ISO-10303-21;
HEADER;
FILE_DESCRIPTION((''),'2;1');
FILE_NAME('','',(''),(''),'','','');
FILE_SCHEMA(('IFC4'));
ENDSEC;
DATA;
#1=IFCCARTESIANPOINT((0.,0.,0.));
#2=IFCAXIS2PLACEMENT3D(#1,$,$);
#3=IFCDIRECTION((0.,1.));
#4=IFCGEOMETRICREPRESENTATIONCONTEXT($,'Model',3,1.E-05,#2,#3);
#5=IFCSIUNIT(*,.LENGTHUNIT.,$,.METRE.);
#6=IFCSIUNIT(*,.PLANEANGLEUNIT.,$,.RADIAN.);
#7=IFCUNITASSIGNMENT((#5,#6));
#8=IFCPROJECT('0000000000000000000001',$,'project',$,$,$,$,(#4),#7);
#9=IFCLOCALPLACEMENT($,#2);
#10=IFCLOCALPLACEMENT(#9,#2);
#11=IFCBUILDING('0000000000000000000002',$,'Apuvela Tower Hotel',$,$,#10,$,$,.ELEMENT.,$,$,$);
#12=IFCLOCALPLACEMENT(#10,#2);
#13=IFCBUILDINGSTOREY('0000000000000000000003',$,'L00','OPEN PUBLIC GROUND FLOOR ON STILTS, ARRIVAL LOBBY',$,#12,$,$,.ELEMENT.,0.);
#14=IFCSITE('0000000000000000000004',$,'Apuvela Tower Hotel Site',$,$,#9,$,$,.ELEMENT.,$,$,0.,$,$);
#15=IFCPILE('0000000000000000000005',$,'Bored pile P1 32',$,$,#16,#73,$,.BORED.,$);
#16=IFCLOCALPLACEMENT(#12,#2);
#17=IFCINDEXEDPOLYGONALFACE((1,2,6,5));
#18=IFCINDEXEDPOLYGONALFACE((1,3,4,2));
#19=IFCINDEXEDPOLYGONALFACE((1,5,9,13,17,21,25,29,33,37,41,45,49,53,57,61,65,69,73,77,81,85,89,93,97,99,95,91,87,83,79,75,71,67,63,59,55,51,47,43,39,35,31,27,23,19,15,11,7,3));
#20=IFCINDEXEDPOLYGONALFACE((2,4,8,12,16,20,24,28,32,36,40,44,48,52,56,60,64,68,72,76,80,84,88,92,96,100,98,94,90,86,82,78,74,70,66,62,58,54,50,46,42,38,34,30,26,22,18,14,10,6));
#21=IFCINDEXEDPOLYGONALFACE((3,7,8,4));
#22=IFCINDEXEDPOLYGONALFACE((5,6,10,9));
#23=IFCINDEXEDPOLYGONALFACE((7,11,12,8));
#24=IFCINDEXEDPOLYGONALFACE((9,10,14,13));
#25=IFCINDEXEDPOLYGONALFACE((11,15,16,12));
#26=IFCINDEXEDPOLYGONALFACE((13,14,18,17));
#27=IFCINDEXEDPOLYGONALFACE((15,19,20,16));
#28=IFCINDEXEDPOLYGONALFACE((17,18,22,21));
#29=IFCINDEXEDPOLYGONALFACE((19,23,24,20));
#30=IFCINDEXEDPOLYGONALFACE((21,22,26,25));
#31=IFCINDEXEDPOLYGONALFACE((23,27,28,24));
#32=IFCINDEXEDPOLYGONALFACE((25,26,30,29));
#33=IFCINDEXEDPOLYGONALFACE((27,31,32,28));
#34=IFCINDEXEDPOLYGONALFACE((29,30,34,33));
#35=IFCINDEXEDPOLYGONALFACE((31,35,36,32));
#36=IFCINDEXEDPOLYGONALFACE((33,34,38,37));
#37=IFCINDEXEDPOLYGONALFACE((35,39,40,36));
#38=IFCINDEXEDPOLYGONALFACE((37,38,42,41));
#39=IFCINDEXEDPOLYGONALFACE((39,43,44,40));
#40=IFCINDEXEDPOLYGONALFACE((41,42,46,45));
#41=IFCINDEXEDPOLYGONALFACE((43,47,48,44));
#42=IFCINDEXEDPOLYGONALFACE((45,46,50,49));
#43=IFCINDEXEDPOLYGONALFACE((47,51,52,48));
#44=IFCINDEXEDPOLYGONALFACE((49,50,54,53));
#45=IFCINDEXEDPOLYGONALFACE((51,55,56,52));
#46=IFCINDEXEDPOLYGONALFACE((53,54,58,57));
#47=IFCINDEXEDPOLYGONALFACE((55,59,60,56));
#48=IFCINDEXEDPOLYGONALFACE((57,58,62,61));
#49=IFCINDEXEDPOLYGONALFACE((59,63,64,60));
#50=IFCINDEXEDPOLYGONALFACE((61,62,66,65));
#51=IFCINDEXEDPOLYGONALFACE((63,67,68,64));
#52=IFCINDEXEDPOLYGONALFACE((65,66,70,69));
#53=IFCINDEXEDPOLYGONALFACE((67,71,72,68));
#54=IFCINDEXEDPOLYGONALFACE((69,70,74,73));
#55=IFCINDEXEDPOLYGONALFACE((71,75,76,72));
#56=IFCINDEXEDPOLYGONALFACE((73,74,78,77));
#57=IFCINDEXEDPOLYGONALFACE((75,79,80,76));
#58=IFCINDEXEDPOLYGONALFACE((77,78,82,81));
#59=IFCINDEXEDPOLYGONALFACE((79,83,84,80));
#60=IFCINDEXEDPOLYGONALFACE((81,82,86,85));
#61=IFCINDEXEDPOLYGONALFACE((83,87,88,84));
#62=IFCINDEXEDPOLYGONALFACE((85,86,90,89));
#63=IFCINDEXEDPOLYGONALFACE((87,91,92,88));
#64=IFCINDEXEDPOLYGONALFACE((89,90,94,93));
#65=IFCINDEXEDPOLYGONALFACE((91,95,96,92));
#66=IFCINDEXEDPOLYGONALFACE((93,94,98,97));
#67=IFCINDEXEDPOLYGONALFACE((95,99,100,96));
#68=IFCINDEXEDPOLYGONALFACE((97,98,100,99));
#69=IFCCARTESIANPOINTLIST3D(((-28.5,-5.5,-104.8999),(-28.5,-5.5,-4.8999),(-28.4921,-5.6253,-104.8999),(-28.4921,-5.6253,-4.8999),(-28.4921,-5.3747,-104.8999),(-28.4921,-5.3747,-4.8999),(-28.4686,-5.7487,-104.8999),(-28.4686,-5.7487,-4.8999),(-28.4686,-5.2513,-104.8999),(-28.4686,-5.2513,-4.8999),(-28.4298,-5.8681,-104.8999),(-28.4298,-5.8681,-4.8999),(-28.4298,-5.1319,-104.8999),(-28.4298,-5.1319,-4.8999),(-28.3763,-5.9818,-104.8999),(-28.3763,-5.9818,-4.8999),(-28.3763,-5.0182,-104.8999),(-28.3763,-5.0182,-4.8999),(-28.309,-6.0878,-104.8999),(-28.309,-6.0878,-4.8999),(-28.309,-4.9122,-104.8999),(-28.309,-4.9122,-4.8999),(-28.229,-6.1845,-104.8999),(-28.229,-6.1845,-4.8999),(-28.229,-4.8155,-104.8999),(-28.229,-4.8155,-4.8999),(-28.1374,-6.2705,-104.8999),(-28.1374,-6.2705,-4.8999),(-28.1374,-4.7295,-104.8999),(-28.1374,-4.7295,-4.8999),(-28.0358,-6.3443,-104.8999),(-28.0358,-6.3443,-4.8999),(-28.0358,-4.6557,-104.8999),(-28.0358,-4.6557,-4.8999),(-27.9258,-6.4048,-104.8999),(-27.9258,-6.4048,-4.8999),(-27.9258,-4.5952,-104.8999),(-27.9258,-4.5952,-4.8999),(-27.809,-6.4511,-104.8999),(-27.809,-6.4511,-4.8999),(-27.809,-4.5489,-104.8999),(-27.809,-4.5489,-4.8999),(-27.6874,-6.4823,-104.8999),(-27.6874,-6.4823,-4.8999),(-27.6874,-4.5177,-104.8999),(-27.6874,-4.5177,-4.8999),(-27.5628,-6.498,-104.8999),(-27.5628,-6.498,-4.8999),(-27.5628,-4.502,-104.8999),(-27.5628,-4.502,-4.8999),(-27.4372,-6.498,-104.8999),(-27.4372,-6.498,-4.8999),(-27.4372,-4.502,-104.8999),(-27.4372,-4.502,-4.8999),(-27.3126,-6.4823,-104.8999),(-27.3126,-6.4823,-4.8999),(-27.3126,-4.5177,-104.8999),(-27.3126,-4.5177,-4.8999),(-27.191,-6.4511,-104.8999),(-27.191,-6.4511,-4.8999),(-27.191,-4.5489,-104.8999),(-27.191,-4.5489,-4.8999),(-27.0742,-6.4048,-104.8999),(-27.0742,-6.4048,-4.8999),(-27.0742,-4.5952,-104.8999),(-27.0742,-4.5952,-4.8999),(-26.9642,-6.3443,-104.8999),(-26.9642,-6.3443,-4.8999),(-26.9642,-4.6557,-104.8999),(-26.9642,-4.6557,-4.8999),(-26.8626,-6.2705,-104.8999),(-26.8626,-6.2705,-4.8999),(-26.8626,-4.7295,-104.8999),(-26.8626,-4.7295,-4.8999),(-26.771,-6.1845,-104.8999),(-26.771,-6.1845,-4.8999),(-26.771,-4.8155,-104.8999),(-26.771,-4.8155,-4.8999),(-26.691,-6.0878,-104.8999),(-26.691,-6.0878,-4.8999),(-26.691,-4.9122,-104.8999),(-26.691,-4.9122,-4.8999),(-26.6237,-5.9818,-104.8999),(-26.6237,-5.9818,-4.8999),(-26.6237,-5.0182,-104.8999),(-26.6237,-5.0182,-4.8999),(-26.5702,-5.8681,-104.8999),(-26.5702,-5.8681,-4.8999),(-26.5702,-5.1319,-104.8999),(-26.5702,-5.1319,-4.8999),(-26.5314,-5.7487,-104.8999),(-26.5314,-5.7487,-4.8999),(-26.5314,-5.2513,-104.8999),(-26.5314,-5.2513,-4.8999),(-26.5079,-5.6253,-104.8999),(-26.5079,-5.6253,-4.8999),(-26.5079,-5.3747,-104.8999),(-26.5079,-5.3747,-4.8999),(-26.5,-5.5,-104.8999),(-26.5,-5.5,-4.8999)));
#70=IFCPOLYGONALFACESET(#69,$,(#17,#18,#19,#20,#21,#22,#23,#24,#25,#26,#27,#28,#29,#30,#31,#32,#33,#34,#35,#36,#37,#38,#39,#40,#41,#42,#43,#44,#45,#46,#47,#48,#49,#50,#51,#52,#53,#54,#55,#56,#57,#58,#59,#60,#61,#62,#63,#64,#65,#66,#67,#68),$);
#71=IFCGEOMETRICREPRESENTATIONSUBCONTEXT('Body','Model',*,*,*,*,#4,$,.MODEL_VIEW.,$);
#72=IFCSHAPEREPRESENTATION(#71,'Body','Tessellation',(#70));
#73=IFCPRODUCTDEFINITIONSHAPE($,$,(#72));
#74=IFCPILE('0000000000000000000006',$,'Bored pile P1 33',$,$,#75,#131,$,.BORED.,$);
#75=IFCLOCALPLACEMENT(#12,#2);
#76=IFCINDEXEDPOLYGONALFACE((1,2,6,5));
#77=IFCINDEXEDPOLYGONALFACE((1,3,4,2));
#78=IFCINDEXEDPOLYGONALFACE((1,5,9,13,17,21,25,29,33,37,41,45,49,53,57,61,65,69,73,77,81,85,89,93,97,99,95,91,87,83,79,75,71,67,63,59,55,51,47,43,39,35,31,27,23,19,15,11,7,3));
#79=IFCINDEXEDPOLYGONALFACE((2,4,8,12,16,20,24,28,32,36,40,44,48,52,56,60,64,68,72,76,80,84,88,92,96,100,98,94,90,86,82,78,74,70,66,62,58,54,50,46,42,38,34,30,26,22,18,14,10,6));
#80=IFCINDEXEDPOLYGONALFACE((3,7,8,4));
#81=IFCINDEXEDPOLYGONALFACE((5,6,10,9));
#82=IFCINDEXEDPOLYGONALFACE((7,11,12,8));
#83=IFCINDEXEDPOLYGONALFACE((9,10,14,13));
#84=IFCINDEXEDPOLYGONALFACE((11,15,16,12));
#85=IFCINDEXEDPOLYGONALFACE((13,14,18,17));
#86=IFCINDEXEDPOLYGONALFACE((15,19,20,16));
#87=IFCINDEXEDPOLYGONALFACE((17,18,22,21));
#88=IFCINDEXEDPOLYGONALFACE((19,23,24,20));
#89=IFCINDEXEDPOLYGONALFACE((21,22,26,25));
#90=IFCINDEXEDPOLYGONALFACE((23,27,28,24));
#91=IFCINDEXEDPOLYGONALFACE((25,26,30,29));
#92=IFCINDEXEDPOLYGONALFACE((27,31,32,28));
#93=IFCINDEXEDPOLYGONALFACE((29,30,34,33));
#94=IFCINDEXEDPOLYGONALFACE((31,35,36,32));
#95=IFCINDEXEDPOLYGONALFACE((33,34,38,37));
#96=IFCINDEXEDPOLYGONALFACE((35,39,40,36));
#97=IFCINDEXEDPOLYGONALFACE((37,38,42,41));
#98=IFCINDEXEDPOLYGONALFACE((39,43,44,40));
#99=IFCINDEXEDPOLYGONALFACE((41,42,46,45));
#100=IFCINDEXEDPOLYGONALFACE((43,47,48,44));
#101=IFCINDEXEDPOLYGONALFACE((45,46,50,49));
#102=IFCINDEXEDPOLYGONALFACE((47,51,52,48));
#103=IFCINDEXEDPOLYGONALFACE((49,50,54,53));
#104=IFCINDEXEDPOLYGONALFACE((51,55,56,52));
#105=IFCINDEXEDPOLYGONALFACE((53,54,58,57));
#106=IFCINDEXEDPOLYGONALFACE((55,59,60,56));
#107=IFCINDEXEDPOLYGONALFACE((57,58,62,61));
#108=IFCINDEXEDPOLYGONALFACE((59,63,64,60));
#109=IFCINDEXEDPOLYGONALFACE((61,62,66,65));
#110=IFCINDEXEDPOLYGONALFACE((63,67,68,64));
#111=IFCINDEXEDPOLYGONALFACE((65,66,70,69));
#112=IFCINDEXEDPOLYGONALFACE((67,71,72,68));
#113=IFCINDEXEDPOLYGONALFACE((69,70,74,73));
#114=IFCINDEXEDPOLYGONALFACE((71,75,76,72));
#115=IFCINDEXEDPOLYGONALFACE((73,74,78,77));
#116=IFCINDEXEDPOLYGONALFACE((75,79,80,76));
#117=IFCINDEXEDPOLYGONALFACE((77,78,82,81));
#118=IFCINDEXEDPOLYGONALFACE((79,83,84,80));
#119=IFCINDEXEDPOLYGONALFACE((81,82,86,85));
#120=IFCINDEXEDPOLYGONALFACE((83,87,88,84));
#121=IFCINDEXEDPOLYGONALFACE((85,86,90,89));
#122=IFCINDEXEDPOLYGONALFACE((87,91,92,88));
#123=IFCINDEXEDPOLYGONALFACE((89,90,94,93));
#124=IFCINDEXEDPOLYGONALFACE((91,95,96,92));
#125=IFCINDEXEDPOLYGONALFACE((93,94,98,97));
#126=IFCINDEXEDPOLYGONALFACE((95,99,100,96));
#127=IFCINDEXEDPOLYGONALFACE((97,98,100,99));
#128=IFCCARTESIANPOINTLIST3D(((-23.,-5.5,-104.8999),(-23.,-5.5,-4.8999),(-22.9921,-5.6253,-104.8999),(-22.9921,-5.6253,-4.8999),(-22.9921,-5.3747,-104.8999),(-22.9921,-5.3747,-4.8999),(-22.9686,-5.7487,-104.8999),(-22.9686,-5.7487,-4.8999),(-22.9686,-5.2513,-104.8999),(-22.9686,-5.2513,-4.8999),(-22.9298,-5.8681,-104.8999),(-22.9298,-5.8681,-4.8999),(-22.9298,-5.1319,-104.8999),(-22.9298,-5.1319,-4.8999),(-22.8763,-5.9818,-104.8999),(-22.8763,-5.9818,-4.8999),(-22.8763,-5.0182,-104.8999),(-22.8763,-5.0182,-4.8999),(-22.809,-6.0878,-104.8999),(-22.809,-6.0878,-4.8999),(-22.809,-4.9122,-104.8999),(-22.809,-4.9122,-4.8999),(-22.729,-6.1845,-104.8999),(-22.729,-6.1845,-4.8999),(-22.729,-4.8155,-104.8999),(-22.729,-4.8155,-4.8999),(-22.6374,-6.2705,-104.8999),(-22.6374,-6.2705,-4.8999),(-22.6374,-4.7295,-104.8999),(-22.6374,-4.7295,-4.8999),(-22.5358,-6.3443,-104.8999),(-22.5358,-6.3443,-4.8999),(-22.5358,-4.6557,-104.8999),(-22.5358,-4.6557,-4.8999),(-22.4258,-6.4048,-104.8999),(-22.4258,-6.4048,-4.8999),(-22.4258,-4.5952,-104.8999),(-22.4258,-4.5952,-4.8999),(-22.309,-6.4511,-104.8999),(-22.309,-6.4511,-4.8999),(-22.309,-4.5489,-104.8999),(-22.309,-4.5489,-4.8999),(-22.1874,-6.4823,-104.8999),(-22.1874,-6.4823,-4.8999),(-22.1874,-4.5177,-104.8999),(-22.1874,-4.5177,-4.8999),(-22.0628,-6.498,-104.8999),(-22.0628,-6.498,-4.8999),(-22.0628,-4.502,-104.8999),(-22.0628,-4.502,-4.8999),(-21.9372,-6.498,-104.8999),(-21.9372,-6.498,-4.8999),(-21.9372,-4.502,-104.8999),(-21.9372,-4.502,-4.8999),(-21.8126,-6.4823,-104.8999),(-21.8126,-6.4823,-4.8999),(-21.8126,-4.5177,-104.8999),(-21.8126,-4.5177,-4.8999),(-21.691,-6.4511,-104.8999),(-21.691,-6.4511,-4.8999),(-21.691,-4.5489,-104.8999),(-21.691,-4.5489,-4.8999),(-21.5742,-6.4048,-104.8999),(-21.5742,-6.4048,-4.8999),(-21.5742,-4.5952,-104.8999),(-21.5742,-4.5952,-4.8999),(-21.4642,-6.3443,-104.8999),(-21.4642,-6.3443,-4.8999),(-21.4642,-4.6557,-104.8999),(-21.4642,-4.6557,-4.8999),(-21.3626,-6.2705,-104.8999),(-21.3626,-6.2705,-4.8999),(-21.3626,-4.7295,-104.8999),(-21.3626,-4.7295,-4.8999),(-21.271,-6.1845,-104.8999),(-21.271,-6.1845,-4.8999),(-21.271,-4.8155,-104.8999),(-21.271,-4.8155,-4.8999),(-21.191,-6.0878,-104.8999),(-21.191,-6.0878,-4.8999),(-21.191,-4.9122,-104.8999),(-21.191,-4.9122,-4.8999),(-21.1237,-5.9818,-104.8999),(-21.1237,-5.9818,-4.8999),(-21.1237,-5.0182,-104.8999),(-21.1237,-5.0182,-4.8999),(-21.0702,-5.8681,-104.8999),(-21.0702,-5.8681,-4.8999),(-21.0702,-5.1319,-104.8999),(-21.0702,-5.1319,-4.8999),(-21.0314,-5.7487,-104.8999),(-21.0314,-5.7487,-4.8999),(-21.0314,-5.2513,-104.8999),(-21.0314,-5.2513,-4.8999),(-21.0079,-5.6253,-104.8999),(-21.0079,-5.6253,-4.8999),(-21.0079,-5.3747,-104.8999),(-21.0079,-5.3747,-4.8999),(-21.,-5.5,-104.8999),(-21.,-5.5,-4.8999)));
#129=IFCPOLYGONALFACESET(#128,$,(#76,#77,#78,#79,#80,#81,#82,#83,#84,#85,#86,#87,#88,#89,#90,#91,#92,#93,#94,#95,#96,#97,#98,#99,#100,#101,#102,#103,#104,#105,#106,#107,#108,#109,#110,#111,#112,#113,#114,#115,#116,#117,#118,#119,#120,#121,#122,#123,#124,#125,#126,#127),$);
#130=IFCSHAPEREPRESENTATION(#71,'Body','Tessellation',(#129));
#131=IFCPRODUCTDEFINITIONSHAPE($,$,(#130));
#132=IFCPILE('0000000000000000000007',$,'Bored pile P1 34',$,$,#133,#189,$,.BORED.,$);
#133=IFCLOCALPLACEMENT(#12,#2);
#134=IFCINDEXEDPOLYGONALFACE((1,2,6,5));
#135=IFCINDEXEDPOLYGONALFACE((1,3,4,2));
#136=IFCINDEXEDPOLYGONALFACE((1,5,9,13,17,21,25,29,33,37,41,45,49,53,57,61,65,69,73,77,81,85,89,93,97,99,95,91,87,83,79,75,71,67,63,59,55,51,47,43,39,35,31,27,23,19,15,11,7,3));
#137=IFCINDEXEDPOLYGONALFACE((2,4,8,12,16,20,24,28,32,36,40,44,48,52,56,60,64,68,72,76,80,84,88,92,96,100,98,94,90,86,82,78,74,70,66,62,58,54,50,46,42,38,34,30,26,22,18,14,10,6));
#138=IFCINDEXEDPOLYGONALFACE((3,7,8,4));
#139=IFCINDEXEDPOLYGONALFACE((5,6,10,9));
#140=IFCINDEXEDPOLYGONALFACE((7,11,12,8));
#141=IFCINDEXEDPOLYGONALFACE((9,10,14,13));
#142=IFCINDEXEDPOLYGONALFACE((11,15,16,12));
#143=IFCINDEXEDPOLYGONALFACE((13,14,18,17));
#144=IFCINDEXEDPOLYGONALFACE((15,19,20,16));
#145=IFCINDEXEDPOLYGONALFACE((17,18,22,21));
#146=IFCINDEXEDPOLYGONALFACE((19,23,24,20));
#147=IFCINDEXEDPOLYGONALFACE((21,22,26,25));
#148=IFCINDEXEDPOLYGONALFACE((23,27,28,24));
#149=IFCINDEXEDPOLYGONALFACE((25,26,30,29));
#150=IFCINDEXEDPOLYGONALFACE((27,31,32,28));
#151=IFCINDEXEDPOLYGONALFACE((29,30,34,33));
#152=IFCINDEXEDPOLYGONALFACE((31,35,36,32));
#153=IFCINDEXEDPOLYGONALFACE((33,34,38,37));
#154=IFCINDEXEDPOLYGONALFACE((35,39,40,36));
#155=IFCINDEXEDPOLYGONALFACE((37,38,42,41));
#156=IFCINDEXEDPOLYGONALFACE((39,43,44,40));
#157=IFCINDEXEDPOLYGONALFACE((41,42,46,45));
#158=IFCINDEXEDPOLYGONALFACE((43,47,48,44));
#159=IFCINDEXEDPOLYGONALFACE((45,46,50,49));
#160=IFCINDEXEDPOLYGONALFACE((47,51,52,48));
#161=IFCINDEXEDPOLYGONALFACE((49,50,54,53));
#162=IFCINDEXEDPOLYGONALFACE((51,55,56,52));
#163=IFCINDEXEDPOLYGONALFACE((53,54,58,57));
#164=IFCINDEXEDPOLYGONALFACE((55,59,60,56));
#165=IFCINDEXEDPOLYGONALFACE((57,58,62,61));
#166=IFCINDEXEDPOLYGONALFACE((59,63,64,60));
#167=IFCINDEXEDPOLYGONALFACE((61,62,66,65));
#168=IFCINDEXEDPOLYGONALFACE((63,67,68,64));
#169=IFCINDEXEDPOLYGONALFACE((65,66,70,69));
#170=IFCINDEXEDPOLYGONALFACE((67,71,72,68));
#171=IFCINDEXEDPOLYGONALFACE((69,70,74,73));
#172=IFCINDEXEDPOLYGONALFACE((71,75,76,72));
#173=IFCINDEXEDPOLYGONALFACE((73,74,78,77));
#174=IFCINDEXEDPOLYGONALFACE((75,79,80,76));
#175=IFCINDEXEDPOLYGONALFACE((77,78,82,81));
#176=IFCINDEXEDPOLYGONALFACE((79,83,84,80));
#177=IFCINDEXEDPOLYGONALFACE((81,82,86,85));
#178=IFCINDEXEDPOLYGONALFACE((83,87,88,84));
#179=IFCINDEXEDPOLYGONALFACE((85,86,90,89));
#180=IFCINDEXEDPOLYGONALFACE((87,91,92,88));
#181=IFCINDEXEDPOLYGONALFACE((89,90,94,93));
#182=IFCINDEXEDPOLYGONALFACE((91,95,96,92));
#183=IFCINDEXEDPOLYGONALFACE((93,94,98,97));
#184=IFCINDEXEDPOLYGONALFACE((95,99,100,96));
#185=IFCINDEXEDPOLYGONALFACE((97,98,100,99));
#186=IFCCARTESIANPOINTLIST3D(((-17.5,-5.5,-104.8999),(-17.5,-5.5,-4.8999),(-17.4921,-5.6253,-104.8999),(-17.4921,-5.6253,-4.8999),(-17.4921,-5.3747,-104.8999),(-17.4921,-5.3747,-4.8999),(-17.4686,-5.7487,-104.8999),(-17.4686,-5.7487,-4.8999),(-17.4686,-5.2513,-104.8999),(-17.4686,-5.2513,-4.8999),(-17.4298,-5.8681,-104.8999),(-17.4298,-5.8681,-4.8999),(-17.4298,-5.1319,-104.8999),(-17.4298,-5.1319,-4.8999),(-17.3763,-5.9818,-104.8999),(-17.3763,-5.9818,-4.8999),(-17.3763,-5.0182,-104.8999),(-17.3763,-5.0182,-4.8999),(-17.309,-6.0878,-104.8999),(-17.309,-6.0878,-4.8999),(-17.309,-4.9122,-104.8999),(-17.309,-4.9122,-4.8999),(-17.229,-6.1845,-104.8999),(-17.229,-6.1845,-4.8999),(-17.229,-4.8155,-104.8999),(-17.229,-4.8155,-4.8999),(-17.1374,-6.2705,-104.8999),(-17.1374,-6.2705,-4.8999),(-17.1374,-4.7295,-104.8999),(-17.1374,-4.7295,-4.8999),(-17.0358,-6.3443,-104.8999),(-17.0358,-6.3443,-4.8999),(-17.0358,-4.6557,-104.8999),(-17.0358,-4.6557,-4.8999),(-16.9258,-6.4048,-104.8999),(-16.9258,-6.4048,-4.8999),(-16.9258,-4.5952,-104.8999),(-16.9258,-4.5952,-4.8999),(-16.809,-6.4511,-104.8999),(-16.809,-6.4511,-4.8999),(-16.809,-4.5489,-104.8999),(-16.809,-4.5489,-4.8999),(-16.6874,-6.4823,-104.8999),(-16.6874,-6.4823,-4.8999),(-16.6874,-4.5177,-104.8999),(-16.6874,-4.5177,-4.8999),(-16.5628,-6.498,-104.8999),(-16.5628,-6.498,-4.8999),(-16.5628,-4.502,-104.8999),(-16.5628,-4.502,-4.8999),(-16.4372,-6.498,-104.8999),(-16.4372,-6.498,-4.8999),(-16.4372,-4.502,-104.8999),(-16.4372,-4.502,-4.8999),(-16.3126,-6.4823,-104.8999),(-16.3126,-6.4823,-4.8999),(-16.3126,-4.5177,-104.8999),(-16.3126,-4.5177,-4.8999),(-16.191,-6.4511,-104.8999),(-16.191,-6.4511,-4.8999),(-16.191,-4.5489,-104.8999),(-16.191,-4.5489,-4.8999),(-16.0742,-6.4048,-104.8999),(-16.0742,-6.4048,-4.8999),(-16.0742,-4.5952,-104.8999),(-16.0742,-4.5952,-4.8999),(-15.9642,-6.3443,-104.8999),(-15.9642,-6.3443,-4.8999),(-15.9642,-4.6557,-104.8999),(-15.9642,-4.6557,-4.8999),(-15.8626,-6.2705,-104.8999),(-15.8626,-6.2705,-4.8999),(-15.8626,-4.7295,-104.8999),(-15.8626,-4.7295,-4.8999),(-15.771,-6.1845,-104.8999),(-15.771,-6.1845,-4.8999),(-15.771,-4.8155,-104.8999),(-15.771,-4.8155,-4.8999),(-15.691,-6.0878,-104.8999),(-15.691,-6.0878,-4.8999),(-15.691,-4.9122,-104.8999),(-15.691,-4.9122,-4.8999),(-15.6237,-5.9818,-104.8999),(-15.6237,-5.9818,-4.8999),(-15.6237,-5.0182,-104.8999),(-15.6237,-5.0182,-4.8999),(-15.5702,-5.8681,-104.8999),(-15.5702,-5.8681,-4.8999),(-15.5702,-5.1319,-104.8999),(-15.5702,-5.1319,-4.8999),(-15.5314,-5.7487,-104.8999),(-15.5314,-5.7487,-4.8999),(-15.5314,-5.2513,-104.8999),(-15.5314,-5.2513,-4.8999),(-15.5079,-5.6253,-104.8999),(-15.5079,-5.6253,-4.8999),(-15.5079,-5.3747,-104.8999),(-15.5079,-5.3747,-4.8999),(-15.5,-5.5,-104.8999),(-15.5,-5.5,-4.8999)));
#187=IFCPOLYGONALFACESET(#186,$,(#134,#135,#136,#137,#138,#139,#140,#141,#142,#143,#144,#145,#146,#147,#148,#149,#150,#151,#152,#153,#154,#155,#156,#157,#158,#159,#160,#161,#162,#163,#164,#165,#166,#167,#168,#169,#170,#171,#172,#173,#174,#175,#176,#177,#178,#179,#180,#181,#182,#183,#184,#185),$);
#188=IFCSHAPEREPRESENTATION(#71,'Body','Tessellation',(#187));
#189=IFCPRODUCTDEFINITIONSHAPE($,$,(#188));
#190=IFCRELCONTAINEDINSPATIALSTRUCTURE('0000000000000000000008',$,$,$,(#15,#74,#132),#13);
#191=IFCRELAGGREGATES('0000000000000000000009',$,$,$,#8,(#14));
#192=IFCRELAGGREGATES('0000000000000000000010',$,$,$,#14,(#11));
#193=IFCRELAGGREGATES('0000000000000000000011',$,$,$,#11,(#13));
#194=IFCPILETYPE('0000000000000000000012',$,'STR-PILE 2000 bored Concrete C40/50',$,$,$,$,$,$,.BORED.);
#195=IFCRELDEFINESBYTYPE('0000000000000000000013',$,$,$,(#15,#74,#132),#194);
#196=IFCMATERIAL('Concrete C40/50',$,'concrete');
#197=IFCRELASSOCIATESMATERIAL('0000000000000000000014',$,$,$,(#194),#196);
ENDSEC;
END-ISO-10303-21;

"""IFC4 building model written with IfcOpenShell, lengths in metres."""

from ifc_helpers import new_model, si_unit, direction, frame, origin, origin_2d, place, context, subcontext, project, spatial, circle, extrude, material, material_profile, profile_set, type_object, element, save


model = new_model("IFC4")

# Units and contexts
model_context = context("Model", 3, precision=1e-05, world=origin(), true_north=direction((0.0, 1.0)))
body_context = subcontext(model_context, "Body", "Model", "MODEL_VIEW")
ifc_project = project(units=[si_unit("LENGTHUNIT", "METRE"), si_unit("PLANEANGLEUNIT", "RADIAN")], contexts=[model_context])

# Site, building, storey
site_placement = place(None, origin())
site = spatial("IfcSite", under=ifc_project, at=site_placement, Name="Apuvela Tower Hotel Site", CompositionType="ELEMENT", RefElevation=0.0)
building_placement = place(site_placement, origin())
building = spatial("IfcBuilding", under=site, at=building_placement, Name="Apuvela Tower Hotel", CompositionType="ELEMENT")
storey_placement = place(building_placement, origin())
storey = spatial("IfcBuildingStorey", under=building, at=storey_placement, Name="L00", Description="OPEN PUBLIC GROUND FLOOR ON STILTS, ARRIVAL LOBBY", CompositionType="ELEMENT", Elevation=0.0)

# Piles
ifc_material_1 = material(Name="Concrete C40/50", Category="concrete")
ifc_material_profile_1 = material_profile(ifc_material_1, circle(Radius=1.0, at=origin_2d()), Name="PILE 2000")
ifc_profile_set_1 = profile_set([ifc_material_profile_1], Name="Concrete C40/50")
pile_type = type_object("IfcPileType", Name="STR-PILE 2000 bored Concrete C40/50", PredefinedType="BORED", material=ifc_profile_set_1)
for number, where, z_axis, x_axis, name in (
    (1, (-27.5, -5.5, -4.8999), (0.0, 0.0, -1.0), (1.0, 0.0, 0.0), "Bored pile P1 32"),
    (2, (-22.0, -5.5, -4.8999), (0.0, 0.0, -1.0), (1.0, 0.0, 0.0), "Bored pile P1 33"),
    (3, (-16.5, -5.5, -4.8999), (0.0, 0.0, -1.0), (1.0, 0.0, 0.0), "Bored pile P1 34"),
):
    element("IfcPile", number, at=place(storey_placement, frame(where, z_axis=z_axis, x_axis=x_axis)), inside=storey, type_object=pile_type, Name=name, PredefinedType="BORED", context=body_context, shape_type="SweptSolid", body=[
        extrude(circle(Radius=1.0, at=origin_2d()), origin(), (0.0, 0.0, 1.0), 100.0),
    ])

save(model, "model.ifc")
